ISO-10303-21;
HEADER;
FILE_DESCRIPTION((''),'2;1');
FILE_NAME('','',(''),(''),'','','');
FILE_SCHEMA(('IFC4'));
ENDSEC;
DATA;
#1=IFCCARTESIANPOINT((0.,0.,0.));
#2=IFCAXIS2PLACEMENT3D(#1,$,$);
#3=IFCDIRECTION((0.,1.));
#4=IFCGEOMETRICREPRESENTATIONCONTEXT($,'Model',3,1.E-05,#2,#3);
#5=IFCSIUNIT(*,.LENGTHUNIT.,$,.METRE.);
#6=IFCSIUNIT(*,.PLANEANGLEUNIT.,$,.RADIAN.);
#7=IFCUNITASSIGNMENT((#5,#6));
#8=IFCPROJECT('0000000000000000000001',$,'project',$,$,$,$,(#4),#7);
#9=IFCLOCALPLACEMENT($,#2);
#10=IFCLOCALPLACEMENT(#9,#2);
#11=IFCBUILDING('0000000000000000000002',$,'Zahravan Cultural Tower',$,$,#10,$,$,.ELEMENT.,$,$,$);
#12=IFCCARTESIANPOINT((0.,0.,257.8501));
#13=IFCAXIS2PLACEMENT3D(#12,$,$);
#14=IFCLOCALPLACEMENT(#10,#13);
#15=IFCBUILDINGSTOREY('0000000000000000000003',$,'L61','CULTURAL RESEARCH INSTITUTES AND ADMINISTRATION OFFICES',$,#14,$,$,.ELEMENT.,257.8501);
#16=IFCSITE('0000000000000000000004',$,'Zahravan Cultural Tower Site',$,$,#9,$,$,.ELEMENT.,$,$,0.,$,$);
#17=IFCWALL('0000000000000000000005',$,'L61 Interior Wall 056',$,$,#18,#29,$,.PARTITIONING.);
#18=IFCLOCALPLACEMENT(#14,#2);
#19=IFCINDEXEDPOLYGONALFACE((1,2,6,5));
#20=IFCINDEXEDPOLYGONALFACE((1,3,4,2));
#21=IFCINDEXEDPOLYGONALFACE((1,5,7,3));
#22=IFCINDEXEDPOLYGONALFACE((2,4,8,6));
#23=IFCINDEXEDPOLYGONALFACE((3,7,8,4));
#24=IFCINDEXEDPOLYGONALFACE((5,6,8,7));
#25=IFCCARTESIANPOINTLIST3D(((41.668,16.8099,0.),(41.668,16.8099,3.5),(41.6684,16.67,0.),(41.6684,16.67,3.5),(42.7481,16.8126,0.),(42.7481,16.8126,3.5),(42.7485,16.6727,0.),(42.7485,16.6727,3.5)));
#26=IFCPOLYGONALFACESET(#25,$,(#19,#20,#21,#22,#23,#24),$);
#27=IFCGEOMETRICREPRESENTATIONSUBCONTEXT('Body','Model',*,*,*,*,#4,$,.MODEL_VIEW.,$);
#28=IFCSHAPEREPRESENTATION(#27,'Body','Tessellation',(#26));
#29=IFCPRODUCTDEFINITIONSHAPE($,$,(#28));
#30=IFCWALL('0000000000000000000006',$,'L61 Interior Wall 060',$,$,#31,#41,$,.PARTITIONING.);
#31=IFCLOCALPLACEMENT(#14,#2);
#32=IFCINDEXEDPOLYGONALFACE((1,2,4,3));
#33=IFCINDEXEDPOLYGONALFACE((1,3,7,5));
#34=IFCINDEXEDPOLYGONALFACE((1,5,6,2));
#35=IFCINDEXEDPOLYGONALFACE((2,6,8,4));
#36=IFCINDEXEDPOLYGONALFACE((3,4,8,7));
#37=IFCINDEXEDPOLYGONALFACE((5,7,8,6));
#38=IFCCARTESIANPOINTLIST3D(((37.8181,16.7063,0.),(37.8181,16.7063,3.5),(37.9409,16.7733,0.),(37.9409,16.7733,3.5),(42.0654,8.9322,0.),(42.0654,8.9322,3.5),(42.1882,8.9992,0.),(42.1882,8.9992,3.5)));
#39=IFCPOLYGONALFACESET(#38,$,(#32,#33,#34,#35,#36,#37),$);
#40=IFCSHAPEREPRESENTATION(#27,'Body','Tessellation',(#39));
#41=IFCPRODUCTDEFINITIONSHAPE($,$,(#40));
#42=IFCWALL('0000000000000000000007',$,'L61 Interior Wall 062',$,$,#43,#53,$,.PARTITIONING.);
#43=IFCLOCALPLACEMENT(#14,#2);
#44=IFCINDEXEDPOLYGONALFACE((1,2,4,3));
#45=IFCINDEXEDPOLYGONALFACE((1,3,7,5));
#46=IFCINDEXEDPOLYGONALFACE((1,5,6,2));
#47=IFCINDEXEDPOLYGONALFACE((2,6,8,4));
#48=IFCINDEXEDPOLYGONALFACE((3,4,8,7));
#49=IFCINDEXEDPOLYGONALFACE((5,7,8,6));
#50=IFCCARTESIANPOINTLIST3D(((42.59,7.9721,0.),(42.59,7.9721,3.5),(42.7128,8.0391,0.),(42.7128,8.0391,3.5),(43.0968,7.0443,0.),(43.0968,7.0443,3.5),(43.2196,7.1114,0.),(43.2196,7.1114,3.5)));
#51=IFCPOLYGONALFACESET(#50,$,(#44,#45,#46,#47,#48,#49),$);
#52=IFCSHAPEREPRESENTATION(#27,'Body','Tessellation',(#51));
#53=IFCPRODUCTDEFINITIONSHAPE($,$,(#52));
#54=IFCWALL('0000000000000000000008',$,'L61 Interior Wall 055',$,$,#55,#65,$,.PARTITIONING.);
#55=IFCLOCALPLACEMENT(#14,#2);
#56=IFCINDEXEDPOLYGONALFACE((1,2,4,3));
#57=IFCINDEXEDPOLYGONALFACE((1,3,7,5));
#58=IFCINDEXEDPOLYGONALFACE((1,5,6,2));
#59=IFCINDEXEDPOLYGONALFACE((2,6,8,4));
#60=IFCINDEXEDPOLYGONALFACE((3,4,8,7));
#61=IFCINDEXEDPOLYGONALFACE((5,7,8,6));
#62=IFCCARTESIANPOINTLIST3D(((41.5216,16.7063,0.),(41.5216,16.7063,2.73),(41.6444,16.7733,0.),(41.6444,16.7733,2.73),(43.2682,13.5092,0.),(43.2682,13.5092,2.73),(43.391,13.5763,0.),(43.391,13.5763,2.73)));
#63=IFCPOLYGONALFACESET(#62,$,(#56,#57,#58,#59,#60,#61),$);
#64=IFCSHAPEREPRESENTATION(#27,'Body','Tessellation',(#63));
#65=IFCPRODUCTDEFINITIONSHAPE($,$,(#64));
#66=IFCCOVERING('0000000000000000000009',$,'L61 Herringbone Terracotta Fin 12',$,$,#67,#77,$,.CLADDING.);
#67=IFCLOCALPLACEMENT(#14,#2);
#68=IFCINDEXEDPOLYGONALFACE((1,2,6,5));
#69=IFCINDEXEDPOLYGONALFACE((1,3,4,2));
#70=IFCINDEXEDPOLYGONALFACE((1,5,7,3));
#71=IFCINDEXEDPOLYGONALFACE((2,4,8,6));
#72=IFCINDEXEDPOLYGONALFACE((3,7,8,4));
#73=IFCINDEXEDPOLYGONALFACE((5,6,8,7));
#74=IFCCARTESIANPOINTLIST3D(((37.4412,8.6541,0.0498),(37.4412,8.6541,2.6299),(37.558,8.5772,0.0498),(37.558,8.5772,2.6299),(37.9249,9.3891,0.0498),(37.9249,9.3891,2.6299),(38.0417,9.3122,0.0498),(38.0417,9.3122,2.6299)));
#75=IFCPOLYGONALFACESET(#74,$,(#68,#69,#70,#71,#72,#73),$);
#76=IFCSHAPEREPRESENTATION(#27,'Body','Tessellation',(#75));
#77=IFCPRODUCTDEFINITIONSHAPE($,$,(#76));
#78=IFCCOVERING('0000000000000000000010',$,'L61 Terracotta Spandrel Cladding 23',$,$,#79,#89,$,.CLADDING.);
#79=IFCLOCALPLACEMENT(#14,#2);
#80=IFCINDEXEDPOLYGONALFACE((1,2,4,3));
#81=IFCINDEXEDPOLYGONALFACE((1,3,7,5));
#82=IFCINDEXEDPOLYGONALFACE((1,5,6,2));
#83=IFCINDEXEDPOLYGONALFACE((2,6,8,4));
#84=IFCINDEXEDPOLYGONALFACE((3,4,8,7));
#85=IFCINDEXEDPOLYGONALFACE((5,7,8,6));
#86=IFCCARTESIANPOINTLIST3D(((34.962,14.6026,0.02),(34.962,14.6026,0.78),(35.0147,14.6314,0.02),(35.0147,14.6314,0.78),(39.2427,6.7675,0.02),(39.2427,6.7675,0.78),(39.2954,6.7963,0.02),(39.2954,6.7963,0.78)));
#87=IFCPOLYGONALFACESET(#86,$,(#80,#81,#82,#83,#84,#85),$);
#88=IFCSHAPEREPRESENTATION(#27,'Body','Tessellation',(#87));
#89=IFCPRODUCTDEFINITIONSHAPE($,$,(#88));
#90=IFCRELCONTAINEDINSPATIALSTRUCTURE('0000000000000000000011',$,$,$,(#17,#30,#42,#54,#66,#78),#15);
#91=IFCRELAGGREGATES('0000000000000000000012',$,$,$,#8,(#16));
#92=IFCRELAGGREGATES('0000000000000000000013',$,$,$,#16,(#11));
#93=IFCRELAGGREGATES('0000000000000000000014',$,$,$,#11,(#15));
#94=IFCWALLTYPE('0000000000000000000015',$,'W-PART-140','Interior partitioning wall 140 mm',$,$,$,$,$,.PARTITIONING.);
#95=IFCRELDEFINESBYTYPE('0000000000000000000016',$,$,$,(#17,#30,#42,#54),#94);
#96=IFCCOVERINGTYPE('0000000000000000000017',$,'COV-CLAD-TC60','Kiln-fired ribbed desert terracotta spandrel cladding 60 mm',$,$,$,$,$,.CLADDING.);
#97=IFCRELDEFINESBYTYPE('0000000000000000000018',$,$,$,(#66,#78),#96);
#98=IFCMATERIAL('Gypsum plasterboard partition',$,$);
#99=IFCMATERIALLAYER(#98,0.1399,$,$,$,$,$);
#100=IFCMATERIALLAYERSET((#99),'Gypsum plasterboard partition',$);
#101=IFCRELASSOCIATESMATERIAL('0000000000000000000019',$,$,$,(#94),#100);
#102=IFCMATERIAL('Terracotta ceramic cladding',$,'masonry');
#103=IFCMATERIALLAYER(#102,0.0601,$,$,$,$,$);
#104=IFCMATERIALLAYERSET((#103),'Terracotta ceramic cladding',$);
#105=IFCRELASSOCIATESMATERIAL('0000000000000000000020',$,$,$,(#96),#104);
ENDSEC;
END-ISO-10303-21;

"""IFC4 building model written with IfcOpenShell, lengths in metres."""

from ifc_helpers import new_model, si_unit, direction, frame, frame_2d, origin, origin_2d, place, context, subcontext, project, spatial, rectangle, extrude, source, transform, mapped, material, layer, layer_set, type_object, element, save


model = new_model("IFC4")

# Units and contexts
model_context = context("Model", 3, precision=1e-05, world=origin(), true_north=direction((0.0, 1.0)))
body_context = subcontext(model_context, "Body", "Model", "MODEL_VIEW")
ifc_project = project(units=[si_unit("LENGTHUNIT", "METRE"), si_unit("PLANEANGLEUNIT", "RADIAN")], contexts=[model_context])

# Site, building, storey
site_placement = place(None, origin())
site = spatial("IfcSite", under=ifc_project, at=site_placement, Name="Zahravan Cultural Tower Site", CompositionType="ELEMENT", RefElevation=0.0)
building_placement = place(site_placement, origin())
building = spatial("IfcBuilding", under=site, at=building_placement, Name="Zahravan Cultural Tower", CompositionType="ELEMENT")
storey_placement = place(building_placement, frame((0.0, 0.0, 257.8501)))
storey = spatial("IfcBuildingStorey", under=building, at=storey_placement, Name="L61", Description="CULTURAL RESEARCH INSTITUTES AND ADMINISTRATION OFFICES", CompositionType="ELEMENT", Elevation=257.8501)

# Shared definitions
ifc_material_1 = material(Name="Gypsum plasterboard partition")
ifc_layer_1 = layer(ifc_material_1, 0.1399)
ifc_layer_set_1 = layer_set([ifc_layer_1], Name="Gypsum plasterboard partition")
wall_type_1 = type_object("IfcWallType", Name="W-PART-140", Description="Interior partitioning wall 140 mm", PredefinedType="PARTITIONING", material=ifc_layer_set_1)

# Walls
shared_shape_1 = source(origin(), body_context, "Body", "SweptSolid", [
    extrude(rectangle(XDim=1.0801, YDim=0.1399, at=frame_2d((0.54, 0.0))), origin(), (0.0, 0.0, 1.0), 3.5),
])
wall_1_placement = place(storey_placement, frame((41.6682, 16.74, 0.0), z_axis=(0.0, 0.0, 1.0), x_axis=(0.999997, 0.002486, 0.0)))
element("IfcWall", 1, at=wall_1_placement, inside=storey, type_object=wall_type_1, Name="L61 Interior Wall 056", PredefinedType="PARTITIONING", context=body_context, shape_type="MappedRepresentation", body=[
    mapped(shared_shape_1, transform((0.0, 0.0, 0.0), x_axis=(1.0, 0.0, 0.0), y_axis=(0.0, 1.0, 0.0), z_axis=(0.0, 0.0, 1.0), scale=1.0)),
])
shared_shape_2 = source(origin(), body_context, "Body", "SweptSolid", [
    extrude(rectangle(XDim=8.8586, YDim=0.1399, at=frame_2d((4.4292, 0.0))), origin(), (0.0, 0.0, 1.0), 3.5),
])
wall_2_placement = place(storey_placement, frame((42.1267, 8.9658, 0.0), z_axis=(0.0, 0.0, 1.0), x_axis=(-0.479449, 0.87757, 0.0)))
element("IfcWall", 2, at=wall_2_placement, inside=storey, type_object=wall_type_1, Name="L61 Interior Wall 060", PredefinedType="PARTITIONING", context=body_context, shape_type="MappedRepresentation", body=[
    mapped(shared_shape_2, transform((0.0, 0.0, 0.0), x_axis=(1.0, 0.0, 0.0), y_axis=(0.0, 1.0, 0.0), z_axis=(0.0, 0.0, 1.0), scale=1.0)),
])
shared_shape_3 = source(origin(), body_context, "Body", "SweptSolid", [
    extrude(rectangle(XDim=1.0571, YDim=0.1399, at=frame_2d((0.5286, 0.0))), origin(), (0.0, 0.0, 1.0), 3.5),
])
wall_3_placement = place(storey_placement, frame((43.1582, 7.0779, 0.0), z_axis=(0.0, 0.0, 1.0), x_axis=(-0.479435, 0.877578, 0.0)))
element("IfcWall", 3, at=wall_3_placement, inside=storey, type_object=wall_type_1, Name="L61 Interior Wall 062", PredefinedType="PARTITIONING", context=body_context, shape_type="MappedRepresentation", body=[
    mapped(shared_shape_3, transform((0.0, 0.0, 0.0), x_axis=(1.0, 0.0, 0.0), y_axis=(0.0, 1.0, 0.0), z_axis=(0.0, 0.0, 1.0), scale=1.0)),
])
shared_shape_4 = source(origin(), body_context, "Body", "SweptSolid", [
    extrude(rectangle(XDim=3.6431, YDim=0.1399, at=frame_2d((1.8215, 0.0))), origin(), (0.0, 0.0, 1.0), 2.73),
])
wall_4_placement = place(storey_placement, frame((43.3296, 13.5427, 0.0), z_axis=(0.0, 0.0, 1.0), x_axis=(-0.479434, 0.877578, 0.0)))
element("IfcWall", 4, at=wall_4_placement, inside=storey, type_object=wall_type_1, Name="L61 Interior Wall 055", PredefinedType="PARTITIONING", context=body_context, shape_type="MappedRepresentation", body=[
    mapped(shared_shape_4, transform((0.0, 0.0, 0.0), x_axis=(1.0, 0.0, 0.0), y_axis=(0.0, 1.0, 0.0), z_axis=(0.0, 0.0, 1.0), scale=1.0)),
])

# Coverings
ifc_material_2 = material(Name="Terracotta ceramic cladding", Category="masonry")
ifc_layer_2 = layer(ifc_material_2, 0.0601)
ifc_layer_set_2 = layer_set([ifc_layer_2], Name="Terracotta ceramic cladding")
covering_type = type_object("IfcCoveringType", Name="COV-CLAD-TC60", Description="Kiln-fired ribbed desert terracotta spandrel cladding 60 mm", PredefinedType="CLADDING", material=ifc_layer_set_2)
shared_shape_5 = source(origin(), body_context, "Body", "SweptSolid", [
    extrude(rectangle(XDim=0.8799, YDim=0.1399, at=origin_2d()), origin(), (0.0, 0.0, 1.0), 2.5801),
])
covering_1_placement = place(storey_placement, frame((37.7415, 8.9832, 0.0498), z_axis=(0.0, 0.0, 1.0), x_axis=(-0.549752, -0.835328, 0.0)))
element("IfcCovering", 5, at=covering_1_placement, inside=storey, type_object=covering_type, Name="L61 Herringbone Terracotta Fin 12", PredefinedType="CLADDING", context=body_context, shape_type="MappedRepresentation", body=[
    mapped(shared_shape_5, transform((0.0, 0.0, 0.0), x_axis=(1.0, 0.0, 0.0), y_axis=(0.0, 1.0, 0.0), z_axis=(0.0, 0.0, 1.0), scale=1.0)),
])
shared_shape_6 = source(origin(), body_context, "Body", "SweptSolid", [
    extrude(rectangle(XDim=8.9282, YDim=0.0601, at=origin_2d()), origin(), (0.0, 0.0, 1.0), 0.76),
])
covering_2_placement = place(storey_placement, frame((37.1287, 10.6995, 0.02), z_axis=(0.0, 0.0, 1.0), x_axis=(-0.479458, 0.877565, 0.0)))
element("IfcCovering", 6, at=covering_2_placement, inside=storey, type_object=covering_type, Name="L61 Terracotta Spandrel Cladding 23", PredefinedType="CLADDING", context=body_context, shape_type="MappedRepresentation", body=[
    mapped(shared_shape_6, transform((0.0, 0.0, 0.0), x_axis=(1.0, 0.0, 0.0), y_axis=(0.0, 1.0, 0.0), z_axis=(0.0, 0.0, 1.0), scale=1.0)),
])

save(model, "model.ifc")
